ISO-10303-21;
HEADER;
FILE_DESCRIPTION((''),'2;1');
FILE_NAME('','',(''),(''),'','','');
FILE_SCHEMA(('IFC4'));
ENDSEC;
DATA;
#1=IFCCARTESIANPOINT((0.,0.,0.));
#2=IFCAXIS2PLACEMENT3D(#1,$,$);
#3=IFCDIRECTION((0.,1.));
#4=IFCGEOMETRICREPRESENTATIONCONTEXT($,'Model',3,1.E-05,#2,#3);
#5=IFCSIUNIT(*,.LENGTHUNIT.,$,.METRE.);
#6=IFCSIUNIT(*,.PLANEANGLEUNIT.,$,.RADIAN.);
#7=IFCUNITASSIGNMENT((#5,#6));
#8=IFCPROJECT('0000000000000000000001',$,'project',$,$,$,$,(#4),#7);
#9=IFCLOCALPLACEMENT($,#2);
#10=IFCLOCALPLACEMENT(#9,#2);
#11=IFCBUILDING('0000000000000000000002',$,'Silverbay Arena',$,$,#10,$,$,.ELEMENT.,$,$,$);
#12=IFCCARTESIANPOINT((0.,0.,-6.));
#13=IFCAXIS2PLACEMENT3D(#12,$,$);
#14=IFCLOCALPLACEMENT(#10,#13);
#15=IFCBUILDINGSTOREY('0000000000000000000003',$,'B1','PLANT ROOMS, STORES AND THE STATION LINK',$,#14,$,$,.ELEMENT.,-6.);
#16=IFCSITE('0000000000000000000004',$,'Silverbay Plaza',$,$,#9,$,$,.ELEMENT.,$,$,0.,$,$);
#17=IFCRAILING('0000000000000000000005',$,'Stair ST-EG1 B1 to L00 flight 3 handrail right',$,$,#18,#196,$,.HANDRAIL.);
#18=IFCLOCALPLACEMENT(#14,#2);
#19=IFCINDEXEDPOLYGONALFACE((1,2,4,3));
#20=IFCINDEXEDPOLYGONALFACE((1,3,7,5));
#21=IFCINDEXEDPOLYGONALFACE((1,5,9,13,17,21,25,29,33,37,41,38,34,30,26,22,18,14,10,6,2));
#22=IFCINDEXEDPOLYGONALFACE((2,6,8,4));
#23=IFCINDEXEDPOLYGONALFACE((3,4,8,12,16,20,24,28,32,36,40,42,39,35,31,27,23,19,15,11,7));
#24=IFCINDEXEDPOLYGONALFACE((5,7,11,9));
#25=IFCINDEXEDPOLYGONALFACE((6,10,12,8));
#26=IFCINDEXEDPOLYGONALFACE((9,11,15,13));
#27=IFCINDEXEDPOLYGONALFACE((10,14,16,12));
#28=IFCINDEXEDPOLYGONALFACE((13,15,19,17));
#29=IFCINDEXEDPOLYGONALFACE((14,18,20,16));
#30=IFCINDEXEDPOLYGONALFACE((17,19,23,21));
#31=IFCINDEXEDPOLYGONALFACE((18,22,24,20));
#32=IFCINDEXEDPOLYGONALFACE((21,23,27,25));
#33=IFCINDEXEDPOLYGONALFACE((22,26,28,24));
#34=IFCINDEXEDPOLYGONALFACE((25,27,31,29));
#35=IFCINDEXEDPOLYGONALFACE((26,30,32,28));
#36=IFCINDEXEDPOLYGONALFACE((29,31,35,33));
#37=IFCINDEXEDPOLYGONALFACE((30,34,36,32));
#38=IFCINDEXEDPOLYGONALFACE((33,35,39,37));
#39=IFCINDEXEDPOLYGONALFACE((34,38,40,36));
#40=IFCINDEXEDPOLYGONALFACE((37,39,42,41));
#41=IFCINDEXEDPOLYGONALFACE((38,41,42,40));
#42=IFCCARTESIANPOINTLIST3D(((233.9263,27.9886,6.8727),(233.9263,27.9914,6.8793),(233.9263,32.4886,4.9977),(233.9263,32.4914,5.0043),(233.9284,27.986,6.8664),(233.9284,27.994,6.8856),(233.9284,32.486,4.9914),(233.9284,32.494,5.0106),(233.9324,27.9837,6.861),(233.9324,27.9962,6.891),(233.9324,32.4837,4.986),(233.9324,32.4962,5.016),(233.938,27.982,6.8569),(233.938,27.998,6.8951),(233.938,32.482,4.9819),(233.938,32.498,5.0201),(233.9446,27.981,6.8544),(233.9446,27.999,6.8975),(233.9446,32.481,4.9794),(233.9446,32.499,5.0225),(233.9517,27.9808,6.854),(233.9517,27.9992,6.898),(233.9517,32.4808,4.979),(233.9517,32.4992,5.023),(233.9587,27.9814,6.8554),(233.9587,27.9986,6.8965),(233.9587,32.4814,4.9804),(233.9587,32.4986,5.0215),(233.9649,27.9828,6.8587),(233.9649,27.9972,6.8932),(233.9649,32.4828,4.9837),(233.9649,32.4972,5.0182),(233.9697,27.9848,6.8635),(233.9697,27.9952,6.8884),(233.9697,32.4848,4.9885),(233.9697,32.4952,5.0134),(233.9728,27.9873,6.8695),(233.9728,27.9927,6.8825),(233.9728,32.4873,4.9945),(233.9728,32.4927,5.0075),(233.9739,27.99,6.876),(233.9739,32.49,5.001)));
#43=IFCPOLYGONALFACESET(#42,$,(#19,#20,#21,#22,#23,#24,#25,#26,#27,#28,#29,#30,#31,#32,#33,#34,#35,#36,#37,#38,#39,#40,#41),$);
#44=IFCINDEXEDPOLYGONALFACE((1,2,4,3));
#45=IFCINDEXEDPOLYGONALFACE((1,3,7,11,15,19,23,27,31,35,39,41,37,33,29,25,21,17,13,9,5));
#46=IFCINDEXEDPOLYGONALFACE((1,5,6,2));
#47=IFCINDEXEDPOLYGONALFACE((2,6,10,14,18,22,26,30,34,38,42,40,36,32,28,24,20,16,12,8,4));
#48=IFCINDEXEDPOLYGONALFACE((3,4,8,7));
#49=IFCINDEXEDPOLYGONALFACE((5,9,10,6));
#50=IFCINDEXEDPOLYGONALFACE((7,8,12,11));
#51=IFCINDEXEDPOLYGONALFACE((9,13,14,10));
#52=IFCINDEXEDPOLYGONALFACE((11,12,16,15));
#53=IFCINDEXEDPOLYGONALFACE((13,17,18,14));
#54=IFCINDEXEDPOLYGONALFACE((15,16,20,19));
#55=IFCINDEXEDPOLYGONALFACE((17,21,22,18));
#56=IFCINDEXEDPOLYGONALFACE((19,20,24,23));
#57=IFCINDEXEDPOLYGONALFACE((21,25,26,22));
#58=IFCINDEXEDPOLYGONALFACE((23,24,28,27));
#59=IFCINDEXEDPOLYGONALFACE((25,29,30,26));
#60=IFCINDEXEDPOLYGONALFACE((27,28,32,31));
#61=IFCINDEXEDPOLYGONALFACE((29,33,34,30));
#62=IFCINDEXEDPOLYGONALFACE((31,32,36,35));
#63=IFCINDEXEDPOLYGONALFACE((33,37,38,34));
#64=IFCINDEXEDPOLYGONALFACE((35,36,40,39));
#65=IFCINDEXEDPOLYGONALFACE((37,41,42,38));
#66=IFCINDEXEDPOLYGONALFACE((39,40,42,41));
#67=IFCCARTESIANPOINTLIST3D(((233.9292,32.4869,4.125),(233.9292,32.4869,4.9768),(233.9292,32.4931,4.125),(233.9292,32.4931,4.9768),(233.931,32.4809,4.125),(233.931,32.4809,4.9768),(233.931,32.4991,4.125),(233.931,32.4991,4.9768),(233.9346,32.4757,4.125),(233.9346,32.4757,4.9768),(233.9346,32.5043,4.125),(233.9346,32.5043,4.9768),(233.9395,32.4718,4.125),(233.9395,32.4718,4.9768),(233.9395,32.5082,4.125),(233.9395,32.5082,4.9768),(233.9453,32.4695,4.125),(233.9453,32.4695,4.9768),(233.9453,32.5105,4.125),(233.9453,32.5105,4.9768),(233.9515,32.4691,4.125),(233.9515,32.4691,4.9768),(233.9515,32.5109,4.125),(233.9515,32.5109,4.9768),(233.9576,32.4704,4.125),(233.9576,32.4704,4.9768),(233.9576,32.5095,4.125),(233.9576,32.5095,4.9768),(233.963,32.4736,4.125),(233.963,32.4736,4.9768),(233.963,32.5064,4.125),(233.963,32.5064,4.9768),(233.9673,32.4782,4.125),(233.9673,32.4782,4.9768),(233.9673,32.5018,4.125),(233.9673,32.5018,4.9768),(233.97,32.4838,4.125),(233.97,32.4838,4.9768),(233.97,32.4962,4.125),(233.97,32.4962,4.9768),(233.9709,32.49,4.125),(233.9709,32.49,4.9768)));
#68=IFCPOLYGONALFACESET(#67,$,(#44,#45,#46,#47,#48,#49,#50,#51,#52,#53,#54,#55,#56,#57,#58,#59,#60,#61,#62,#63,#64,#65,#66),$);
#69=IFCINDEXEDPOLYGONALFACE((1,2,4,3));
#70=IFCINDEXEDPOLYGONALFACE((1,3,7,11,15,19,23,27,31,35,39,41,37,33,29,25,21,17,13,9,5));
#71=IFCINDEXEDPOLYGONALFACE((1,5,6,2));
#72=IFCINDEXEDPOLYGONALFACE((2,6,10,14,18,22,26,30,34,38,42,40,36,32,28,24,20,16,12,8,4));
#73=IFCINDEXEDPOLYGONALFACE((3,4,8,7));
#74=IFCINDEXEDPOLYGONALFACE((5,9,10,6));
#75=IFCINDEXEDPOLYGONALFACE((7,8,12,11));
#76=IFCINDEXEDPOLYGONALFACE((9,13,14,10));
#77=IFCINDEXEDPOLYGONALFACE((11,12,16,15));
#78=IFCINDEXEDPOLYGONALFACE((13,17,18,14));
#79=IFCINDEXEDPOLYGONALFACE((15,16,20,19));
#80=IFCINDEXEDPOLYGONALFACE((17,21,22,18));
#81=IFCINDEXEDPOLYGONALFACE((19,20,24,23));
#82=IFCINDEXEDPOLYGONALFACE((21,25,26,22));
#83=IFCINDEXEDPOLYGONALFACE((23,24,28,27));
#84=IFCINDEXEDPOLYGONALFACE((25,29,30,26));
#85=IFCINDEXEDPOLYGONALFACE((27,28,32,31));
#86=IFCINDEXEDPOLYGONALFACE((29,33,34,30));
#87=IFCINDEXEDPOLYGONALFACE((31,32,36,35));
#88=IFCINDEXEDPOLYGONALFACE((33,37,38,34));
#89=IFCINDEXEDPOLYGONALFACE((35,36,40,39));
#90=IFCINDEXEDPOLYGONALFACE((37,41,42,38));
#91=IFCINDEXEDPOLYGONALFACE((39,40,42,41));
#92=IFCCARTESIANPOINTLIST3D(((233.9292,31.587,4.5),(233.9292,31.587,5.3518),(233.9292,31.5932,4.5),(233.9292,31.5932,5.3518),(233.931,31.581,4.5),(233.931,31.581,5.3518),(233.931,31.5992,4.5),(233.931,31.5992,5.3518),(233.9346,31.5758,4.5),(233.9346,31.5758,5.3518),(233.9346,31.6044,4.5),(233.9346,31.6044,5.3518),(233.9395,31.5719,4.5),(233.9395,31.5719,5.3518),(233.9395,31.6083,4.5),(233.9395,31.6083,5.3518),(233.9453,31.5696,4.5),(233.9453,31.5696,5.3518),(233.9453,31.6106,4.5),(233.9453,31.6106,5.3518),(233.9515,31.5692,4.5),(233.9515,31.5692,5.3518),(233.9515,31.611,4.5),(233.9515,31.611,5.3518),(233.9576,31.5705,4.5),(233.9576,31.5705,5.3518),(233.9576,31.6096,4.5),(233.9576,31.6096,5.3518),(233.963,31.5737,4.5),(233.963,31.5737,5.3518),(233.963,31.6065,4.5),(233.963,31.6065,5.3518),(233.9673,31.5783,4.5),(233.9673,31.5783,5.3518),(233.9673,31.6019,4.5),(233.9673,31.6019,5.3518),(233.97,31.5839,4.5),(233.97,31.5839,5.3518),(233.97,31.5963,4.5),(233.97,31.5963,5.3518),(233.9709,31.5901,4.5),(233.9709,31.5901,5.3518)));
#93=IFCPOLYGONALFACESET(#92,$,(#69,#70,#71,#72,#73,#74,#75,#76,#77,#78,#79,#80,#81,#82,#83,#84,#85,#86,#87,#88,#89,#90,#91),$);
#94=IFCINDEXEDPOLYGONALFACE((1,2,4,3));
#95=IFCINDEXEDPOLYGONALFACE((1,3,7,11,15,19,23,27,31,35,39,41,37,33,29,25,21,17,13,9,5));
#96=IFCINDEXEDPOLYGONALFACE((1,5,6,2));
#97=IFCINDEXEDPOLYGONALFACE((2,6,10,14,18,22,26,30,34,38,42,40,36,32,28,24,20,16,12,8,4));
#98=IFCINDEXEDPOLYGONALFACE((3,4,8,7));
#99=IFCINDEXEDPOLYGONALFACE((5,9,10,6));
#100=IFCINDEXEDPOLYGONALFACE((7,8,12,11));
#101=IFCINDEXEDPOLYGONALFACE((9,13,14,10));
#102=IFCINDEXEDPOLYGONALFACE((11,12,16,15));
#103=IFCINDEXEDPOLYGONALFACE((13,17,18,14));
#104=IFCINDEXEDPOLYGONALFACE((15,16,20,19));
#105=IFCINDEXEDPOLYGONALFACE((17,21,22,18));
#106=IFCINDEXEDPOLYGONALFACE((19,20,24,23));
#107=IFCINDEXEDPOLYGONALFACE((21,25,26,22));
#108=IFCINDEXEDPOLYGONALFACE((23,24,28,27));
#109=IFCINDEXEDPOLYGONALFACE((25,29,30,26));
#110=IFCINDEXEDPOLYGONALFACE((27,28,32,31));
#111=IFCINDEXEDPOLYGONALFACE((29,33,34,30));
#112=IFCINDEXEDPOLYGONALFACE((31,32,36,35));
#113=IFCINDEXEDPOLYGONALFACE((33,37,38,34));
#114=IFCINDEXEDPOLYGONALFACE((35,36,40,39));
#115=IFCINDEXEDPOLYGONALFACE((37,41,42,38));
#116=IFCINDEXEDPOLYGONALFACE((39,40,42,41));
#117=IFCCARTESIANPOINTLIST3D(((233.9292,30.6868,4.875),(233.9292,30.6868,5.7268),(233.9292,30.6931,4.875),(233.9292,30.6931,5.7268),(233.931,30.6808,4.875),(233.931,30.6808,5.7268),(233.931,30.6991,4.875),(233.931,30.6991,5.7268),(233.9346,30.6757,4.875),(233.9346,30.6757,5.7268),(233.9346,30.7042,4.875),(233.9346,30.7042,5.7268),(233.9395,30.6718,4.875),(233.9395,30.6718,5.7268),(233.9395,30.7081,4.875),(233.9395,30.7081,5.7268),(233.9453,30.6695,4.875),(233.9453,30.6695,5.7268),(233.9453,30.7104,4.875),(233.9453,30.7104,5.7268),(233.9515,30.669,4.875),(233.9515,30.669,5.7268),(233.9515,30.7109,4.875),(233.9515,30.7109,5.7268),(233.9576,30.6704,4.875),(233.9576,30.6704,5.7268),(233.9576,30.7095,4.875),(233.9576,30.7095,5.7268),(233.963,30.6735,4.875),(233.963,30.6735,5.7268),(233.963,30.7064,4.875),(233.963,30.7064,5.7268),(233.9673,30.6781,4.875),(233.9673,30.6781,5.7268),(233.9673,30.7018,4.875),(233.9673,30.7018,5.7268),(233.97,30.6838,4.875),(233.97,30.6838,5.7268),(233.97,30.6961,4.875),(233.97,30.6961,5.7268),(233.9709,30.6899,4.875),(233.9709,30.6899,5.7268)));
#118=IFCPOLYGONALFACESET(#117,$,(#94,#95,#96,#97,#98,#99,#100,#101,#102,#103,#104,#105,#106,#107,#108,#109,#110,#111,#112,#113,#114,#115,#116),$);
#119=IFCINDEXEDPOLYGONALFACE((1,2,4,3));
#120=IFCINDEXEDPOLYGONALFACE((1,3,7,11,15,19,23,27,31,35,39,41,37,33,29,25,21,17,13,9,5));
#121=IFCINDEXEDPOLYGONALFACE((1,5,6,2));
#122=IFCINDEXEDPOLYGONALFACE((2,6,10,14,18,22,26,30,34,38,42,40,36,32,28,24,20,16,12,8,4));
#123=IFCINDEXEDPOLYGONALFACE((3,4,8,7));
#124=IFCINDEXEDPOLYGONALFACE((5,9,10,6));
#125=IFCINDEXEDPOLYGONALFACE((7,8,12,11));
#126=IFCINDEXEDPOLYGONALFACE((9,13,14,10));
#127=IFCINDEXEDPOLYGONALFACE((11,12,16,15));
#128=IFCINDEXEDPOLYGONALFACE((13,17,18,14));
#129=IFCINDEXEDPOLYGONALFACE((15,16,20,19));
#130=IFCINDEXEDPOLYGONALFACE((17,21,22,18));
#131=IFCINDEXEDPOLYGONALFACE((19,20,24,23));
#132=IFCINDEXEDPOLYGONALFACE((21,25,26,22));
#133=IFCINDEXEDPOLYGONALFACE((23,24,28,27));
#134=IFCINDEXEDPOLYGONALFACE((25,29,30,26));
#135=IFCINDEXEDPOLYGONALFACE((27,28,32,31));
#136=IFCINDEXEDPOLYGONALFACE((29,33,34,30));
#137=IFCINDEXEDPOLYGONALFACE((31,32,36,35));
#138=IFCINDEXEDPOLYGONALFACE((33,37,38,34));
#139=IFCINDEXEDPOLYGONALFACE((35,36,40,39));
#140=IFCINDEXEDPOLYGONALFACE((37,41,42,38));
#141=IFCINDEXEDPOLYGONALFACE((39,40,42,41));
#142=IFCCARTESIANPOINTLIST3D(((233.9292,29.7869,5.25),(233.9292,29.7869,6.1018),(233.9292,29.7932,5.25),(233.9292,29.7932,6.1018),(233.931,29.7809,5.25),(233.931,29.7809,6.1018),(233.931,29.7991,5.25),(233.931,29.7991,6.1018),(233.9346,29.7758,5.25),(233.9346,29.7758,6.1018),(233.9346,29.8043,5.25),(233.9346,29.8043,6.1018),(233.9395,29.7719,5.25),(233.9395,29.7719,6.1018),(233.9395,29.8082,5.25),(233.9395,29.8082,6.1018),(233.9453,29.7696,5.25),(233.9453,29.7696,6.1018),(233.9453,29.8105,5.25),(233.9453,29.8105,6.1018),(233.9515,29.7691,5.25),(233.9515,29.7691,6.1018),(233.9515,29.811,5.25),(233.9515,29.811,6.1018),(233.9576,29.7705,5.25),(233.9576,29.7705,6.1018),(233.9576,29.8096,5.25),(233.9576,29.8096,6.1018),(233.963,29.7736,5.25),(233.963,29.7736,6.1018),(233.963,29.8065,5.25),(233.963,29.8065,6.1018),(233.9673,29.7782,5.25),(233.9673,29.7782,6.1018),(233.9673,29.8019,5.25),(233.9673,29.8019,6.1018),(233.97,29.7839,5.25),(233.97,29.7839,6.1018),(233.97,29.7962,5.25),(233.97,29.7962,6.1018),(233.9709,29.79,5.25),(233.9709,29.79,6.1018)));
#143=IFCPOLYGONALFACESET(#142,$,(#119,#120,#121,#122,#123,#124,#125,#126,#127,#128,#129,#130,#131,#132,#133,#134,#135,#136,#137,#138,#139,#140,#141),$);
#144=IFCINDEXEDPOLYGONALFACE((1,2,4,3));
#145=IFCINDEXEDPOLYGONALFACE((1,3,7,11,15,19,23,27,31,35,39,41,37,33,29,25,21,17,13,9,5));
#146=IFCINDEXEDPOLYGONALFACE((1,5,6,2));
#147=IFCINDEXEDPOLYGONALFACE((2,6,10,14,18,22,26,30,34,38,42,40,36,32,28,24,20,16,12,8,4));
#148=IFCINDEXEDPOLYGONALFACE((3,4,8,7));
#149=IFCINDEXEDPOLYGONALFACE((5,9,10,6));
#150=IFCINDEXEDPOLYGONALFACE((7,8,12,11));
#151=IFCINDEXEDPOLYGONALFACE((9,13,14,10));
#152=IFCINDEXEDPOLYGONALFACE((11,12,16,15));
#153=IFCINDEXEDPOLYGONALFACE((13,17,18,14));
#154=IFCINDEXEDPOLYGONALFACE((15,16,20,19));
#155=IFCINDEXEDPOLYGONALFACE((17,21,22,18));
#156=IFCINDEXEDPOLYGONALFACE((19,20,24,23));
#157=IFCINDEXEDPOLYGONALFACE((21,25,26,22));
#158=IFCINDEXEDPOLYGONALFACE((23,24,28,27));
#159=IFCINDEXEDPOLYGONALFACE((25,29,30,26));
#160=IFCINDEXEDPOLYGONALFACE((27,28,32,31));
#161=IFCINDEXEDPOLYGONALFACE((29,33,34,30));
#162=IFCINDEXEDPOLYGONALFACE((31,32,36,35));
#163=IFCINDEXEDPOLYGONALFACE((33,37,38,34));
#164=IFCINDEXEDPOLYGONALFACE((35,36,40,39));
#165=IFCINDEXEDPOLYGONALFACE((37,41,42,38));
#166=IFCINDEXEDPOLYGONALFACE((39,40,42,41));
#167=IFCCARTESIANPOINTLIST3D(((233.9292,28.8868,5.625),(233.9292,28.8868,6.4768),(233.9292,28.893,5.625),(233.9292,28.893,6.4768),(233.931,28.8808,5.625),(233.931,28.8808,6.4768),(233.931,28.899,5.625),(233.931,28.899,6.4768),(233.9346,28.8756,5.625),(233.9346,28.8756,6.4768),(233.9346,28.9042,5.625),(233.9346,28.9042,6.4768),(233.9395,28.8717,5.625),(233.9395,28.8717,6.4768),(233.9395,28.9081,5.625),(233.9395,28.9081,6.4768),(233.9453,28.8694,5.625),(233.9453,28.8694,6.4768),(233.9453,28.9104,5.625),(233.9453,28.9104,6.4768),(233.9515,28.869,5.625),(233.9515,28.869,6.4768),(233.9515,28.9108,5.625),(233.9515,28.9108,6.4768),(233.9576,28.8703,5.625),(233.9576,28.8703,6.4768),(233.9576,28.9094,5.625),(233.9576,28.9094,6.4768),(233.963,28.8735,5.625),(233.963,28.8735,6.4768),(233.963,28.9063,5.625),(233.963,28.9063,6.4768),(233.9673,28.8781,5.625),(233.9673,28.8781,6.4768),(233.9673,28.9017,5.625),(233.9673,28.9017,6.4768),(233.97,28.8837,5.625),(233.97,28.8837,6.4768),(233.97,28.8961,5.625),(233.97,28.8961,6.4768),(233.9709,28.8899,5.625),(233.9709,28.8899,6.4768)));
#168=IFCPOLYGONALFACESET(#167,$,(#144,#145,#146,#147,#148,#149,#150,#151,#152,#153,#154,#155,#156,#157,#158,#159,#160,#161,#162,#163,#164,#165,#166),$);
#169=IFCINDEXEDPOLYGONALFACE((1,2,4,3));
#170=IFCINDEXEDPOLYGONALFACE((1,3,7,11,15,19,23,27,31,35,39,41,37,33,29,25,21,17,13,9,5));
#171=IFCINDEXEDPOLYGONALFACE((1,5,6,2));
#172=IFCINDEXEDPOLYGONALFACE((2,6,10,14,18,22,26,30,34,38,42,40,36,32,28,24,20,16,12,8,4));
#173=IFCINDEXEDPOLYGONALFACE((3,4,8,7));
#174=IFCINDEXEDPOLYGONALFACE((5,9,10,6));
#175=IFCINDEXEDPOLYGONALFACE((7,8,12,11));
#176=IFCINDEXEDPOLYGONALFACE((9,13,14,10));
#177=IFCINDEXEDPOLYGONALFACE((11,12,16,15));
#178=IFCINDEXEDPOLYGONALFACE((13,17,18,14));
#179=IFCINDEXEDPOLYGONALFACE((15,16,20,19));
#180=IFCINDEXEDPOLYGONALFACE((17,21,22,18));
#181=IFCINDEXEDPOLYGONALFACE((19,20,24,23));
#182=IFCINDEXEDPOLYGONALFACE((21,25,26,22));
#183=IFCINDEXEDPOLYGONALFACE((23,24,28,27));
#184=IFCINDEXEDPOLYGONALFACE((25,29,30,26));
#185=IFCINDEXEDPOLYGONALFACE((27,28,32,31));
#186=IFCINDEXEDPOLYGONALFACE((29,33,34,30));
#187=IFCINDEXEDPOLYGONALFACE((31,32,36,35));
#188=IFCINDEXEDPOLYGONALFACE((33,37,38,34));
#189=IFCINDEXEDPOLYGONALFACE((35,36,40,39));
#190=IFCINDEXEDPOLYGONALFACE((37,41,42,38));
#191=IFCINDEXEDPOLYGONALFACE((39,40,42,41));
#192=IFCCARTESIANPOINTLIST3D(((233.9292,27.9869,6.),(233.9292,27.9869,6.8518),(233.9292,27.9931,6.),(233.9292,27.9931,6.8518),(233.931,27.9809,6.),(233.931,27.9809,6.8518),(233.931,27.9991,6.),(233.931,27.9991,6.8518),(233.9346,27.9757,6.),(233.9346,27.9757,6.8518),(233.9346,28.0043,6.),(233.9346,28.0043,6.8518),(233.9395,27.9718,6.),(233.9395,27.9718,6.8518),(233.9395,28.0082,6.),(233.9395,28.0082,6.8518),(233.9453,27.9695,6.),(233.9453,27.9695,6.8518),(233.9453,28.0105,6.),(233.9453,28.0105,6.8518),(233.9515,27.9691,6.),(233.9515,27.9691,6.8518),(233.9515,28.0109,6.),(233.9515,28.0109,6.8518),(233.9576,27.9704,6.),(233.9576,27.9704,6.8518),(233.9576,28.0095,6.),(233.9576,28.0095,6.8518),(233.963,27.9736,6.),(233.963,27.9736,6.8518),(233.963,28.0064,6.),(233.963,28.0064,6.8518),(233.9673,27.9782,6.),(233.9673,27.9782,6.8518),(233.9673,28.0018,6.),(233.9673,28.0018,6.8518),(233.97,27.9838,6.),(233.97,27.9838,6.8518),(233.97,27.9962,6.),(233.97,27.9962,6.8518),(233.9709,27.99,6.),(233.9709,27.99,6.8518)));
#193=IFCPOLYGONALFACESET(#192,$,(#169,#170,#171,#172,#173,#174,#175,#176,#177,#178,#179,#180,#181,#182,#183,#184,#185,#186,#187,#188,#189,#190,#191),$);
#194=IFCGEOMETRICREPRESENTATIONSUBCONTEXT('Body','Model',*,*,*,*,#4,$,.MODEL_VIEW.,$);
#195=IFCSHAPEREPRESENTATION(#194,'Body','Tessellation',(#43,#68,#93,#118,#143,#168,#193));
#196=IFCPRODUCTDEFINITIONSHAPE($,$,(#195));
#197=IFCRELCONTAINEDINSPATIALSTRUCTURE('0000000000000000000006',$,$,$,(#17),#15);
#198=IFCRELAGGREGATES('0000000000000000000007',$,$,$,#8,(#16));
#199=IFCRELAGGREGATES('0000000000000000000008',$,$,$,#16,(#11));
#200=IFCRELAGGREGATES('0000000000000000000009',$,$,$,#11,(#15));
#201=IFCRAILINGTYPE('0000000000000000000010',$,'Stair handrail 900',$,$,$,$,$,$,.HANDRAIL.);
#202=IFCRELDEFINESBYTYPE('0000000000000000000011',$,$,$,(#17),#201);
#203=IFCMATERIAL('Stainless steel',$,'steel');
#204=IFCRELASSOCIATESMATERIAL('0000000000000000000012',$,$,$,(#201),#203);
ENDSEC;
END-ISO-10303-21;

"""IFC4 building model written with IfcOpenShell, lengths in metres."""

from ifc_helpers import new_model, si_unit, direction, frame, origin, origin_2d, place, context, subcontext, project, spatial, circle, extrude, material, type_object, element, save


model = new_model("IFC4")

# Units and contexts
model_context = context("Model", 3, precision=1e-05, world=origin(), true_north=direction((0.0, 1.0)))
body_context = subcontext(model_context, "Body", "Model", "MODEL_VIEW")
ifc_project = project(units=[si_unit("LENGTHUNIT", "METRE"), si_unit("PLANEANGLEUNIT", "RADIAN")], contexts=[model_context])

# Site, building, storey
site_placement = place(None, origin())
site = spatial("IfcSite", under=ifc_project, at=site_placement, Name="Silverbay Plaza", CompositionType="ELEMENT", RefElevation=0.0)
building_placement = place(site_placement, origin())
building = spatial("IfcBuilding", under=site, at=building_placement, Name="Silverbay Arena", CompositionType="ELEMENT")
storey_placement = place(building_placement, frame((0.0, 0.0, -6.0)))
storey = spatial("IfcBuildingStorey", under=building, at=storey_placement, Name="B1", Description="PLANT ROOMS, STORES AND THE STATION LINK", CompositionType="ELEMENT", Elevation=-6.0)

# Railing
ifc_material_1 = material(Name="Stainless steel", Category="steel")
railing_type = type_object("IfcRailingType", Name="Stair handrail 900", PredefinedType="HANDRAIL", material=ifc_material_1)
railing_1_placement = place(storey_placement, frame((233.95, 32.49, 4.125)))
element("IfcRailing", 1, at=railing_1_placement, inside=storey, type_object=railing_type, Name="Stair ST-EG1 B1 to L00 flight 3 handrail right", PredefinedType="HANDRAIL", context=body_context, shape_type="SweptSolid", body=[
    extrude(circle(Radius=0.0239, at=origin_2d()), frame((0.0, 0.0, 0.876), z_axis=(0.0, -0.923077, 0.384615), x_axis=(1.0, 0.0, 0.0)), (0.0, 0.0, 1.0), 4.875),
    extrude(circle(Radius=0.021, at=origin_2d()), origin(), (0.0, 0.0, 1.0), 0.8518),
    extrude(circle(Radius=0.021, at=origin_2d()), frame((0.0, -0.8999, 0.375)), (0.0, 0.0, 1.0), 0.8518),
    extrude(circle(Radius=0.021, at=origin_2d()), frame((0.0, -1.8, 0.75)), (0.0, 0.0, 1.0), 0.8518),
    extrude(circle(Radius=0.021, at=origin_2d()), frame((0.0, -2.7, 1.125)), (0.0, 0.0, 1.0), 0.8518),
    extrude(circle(Radius=0.021, at=origin_2d()), frame((0.0, -3.6001, 1.5)), (0.0, 0.0, 1.0), 0.8518),
    extrude(circle(Radius=0.021, at=origin_2d()), frame((0.0, -4.5, 1.875)), (0.0, 0.0, 1.0), 0.8518),
])

save(model, "model.ifc")
